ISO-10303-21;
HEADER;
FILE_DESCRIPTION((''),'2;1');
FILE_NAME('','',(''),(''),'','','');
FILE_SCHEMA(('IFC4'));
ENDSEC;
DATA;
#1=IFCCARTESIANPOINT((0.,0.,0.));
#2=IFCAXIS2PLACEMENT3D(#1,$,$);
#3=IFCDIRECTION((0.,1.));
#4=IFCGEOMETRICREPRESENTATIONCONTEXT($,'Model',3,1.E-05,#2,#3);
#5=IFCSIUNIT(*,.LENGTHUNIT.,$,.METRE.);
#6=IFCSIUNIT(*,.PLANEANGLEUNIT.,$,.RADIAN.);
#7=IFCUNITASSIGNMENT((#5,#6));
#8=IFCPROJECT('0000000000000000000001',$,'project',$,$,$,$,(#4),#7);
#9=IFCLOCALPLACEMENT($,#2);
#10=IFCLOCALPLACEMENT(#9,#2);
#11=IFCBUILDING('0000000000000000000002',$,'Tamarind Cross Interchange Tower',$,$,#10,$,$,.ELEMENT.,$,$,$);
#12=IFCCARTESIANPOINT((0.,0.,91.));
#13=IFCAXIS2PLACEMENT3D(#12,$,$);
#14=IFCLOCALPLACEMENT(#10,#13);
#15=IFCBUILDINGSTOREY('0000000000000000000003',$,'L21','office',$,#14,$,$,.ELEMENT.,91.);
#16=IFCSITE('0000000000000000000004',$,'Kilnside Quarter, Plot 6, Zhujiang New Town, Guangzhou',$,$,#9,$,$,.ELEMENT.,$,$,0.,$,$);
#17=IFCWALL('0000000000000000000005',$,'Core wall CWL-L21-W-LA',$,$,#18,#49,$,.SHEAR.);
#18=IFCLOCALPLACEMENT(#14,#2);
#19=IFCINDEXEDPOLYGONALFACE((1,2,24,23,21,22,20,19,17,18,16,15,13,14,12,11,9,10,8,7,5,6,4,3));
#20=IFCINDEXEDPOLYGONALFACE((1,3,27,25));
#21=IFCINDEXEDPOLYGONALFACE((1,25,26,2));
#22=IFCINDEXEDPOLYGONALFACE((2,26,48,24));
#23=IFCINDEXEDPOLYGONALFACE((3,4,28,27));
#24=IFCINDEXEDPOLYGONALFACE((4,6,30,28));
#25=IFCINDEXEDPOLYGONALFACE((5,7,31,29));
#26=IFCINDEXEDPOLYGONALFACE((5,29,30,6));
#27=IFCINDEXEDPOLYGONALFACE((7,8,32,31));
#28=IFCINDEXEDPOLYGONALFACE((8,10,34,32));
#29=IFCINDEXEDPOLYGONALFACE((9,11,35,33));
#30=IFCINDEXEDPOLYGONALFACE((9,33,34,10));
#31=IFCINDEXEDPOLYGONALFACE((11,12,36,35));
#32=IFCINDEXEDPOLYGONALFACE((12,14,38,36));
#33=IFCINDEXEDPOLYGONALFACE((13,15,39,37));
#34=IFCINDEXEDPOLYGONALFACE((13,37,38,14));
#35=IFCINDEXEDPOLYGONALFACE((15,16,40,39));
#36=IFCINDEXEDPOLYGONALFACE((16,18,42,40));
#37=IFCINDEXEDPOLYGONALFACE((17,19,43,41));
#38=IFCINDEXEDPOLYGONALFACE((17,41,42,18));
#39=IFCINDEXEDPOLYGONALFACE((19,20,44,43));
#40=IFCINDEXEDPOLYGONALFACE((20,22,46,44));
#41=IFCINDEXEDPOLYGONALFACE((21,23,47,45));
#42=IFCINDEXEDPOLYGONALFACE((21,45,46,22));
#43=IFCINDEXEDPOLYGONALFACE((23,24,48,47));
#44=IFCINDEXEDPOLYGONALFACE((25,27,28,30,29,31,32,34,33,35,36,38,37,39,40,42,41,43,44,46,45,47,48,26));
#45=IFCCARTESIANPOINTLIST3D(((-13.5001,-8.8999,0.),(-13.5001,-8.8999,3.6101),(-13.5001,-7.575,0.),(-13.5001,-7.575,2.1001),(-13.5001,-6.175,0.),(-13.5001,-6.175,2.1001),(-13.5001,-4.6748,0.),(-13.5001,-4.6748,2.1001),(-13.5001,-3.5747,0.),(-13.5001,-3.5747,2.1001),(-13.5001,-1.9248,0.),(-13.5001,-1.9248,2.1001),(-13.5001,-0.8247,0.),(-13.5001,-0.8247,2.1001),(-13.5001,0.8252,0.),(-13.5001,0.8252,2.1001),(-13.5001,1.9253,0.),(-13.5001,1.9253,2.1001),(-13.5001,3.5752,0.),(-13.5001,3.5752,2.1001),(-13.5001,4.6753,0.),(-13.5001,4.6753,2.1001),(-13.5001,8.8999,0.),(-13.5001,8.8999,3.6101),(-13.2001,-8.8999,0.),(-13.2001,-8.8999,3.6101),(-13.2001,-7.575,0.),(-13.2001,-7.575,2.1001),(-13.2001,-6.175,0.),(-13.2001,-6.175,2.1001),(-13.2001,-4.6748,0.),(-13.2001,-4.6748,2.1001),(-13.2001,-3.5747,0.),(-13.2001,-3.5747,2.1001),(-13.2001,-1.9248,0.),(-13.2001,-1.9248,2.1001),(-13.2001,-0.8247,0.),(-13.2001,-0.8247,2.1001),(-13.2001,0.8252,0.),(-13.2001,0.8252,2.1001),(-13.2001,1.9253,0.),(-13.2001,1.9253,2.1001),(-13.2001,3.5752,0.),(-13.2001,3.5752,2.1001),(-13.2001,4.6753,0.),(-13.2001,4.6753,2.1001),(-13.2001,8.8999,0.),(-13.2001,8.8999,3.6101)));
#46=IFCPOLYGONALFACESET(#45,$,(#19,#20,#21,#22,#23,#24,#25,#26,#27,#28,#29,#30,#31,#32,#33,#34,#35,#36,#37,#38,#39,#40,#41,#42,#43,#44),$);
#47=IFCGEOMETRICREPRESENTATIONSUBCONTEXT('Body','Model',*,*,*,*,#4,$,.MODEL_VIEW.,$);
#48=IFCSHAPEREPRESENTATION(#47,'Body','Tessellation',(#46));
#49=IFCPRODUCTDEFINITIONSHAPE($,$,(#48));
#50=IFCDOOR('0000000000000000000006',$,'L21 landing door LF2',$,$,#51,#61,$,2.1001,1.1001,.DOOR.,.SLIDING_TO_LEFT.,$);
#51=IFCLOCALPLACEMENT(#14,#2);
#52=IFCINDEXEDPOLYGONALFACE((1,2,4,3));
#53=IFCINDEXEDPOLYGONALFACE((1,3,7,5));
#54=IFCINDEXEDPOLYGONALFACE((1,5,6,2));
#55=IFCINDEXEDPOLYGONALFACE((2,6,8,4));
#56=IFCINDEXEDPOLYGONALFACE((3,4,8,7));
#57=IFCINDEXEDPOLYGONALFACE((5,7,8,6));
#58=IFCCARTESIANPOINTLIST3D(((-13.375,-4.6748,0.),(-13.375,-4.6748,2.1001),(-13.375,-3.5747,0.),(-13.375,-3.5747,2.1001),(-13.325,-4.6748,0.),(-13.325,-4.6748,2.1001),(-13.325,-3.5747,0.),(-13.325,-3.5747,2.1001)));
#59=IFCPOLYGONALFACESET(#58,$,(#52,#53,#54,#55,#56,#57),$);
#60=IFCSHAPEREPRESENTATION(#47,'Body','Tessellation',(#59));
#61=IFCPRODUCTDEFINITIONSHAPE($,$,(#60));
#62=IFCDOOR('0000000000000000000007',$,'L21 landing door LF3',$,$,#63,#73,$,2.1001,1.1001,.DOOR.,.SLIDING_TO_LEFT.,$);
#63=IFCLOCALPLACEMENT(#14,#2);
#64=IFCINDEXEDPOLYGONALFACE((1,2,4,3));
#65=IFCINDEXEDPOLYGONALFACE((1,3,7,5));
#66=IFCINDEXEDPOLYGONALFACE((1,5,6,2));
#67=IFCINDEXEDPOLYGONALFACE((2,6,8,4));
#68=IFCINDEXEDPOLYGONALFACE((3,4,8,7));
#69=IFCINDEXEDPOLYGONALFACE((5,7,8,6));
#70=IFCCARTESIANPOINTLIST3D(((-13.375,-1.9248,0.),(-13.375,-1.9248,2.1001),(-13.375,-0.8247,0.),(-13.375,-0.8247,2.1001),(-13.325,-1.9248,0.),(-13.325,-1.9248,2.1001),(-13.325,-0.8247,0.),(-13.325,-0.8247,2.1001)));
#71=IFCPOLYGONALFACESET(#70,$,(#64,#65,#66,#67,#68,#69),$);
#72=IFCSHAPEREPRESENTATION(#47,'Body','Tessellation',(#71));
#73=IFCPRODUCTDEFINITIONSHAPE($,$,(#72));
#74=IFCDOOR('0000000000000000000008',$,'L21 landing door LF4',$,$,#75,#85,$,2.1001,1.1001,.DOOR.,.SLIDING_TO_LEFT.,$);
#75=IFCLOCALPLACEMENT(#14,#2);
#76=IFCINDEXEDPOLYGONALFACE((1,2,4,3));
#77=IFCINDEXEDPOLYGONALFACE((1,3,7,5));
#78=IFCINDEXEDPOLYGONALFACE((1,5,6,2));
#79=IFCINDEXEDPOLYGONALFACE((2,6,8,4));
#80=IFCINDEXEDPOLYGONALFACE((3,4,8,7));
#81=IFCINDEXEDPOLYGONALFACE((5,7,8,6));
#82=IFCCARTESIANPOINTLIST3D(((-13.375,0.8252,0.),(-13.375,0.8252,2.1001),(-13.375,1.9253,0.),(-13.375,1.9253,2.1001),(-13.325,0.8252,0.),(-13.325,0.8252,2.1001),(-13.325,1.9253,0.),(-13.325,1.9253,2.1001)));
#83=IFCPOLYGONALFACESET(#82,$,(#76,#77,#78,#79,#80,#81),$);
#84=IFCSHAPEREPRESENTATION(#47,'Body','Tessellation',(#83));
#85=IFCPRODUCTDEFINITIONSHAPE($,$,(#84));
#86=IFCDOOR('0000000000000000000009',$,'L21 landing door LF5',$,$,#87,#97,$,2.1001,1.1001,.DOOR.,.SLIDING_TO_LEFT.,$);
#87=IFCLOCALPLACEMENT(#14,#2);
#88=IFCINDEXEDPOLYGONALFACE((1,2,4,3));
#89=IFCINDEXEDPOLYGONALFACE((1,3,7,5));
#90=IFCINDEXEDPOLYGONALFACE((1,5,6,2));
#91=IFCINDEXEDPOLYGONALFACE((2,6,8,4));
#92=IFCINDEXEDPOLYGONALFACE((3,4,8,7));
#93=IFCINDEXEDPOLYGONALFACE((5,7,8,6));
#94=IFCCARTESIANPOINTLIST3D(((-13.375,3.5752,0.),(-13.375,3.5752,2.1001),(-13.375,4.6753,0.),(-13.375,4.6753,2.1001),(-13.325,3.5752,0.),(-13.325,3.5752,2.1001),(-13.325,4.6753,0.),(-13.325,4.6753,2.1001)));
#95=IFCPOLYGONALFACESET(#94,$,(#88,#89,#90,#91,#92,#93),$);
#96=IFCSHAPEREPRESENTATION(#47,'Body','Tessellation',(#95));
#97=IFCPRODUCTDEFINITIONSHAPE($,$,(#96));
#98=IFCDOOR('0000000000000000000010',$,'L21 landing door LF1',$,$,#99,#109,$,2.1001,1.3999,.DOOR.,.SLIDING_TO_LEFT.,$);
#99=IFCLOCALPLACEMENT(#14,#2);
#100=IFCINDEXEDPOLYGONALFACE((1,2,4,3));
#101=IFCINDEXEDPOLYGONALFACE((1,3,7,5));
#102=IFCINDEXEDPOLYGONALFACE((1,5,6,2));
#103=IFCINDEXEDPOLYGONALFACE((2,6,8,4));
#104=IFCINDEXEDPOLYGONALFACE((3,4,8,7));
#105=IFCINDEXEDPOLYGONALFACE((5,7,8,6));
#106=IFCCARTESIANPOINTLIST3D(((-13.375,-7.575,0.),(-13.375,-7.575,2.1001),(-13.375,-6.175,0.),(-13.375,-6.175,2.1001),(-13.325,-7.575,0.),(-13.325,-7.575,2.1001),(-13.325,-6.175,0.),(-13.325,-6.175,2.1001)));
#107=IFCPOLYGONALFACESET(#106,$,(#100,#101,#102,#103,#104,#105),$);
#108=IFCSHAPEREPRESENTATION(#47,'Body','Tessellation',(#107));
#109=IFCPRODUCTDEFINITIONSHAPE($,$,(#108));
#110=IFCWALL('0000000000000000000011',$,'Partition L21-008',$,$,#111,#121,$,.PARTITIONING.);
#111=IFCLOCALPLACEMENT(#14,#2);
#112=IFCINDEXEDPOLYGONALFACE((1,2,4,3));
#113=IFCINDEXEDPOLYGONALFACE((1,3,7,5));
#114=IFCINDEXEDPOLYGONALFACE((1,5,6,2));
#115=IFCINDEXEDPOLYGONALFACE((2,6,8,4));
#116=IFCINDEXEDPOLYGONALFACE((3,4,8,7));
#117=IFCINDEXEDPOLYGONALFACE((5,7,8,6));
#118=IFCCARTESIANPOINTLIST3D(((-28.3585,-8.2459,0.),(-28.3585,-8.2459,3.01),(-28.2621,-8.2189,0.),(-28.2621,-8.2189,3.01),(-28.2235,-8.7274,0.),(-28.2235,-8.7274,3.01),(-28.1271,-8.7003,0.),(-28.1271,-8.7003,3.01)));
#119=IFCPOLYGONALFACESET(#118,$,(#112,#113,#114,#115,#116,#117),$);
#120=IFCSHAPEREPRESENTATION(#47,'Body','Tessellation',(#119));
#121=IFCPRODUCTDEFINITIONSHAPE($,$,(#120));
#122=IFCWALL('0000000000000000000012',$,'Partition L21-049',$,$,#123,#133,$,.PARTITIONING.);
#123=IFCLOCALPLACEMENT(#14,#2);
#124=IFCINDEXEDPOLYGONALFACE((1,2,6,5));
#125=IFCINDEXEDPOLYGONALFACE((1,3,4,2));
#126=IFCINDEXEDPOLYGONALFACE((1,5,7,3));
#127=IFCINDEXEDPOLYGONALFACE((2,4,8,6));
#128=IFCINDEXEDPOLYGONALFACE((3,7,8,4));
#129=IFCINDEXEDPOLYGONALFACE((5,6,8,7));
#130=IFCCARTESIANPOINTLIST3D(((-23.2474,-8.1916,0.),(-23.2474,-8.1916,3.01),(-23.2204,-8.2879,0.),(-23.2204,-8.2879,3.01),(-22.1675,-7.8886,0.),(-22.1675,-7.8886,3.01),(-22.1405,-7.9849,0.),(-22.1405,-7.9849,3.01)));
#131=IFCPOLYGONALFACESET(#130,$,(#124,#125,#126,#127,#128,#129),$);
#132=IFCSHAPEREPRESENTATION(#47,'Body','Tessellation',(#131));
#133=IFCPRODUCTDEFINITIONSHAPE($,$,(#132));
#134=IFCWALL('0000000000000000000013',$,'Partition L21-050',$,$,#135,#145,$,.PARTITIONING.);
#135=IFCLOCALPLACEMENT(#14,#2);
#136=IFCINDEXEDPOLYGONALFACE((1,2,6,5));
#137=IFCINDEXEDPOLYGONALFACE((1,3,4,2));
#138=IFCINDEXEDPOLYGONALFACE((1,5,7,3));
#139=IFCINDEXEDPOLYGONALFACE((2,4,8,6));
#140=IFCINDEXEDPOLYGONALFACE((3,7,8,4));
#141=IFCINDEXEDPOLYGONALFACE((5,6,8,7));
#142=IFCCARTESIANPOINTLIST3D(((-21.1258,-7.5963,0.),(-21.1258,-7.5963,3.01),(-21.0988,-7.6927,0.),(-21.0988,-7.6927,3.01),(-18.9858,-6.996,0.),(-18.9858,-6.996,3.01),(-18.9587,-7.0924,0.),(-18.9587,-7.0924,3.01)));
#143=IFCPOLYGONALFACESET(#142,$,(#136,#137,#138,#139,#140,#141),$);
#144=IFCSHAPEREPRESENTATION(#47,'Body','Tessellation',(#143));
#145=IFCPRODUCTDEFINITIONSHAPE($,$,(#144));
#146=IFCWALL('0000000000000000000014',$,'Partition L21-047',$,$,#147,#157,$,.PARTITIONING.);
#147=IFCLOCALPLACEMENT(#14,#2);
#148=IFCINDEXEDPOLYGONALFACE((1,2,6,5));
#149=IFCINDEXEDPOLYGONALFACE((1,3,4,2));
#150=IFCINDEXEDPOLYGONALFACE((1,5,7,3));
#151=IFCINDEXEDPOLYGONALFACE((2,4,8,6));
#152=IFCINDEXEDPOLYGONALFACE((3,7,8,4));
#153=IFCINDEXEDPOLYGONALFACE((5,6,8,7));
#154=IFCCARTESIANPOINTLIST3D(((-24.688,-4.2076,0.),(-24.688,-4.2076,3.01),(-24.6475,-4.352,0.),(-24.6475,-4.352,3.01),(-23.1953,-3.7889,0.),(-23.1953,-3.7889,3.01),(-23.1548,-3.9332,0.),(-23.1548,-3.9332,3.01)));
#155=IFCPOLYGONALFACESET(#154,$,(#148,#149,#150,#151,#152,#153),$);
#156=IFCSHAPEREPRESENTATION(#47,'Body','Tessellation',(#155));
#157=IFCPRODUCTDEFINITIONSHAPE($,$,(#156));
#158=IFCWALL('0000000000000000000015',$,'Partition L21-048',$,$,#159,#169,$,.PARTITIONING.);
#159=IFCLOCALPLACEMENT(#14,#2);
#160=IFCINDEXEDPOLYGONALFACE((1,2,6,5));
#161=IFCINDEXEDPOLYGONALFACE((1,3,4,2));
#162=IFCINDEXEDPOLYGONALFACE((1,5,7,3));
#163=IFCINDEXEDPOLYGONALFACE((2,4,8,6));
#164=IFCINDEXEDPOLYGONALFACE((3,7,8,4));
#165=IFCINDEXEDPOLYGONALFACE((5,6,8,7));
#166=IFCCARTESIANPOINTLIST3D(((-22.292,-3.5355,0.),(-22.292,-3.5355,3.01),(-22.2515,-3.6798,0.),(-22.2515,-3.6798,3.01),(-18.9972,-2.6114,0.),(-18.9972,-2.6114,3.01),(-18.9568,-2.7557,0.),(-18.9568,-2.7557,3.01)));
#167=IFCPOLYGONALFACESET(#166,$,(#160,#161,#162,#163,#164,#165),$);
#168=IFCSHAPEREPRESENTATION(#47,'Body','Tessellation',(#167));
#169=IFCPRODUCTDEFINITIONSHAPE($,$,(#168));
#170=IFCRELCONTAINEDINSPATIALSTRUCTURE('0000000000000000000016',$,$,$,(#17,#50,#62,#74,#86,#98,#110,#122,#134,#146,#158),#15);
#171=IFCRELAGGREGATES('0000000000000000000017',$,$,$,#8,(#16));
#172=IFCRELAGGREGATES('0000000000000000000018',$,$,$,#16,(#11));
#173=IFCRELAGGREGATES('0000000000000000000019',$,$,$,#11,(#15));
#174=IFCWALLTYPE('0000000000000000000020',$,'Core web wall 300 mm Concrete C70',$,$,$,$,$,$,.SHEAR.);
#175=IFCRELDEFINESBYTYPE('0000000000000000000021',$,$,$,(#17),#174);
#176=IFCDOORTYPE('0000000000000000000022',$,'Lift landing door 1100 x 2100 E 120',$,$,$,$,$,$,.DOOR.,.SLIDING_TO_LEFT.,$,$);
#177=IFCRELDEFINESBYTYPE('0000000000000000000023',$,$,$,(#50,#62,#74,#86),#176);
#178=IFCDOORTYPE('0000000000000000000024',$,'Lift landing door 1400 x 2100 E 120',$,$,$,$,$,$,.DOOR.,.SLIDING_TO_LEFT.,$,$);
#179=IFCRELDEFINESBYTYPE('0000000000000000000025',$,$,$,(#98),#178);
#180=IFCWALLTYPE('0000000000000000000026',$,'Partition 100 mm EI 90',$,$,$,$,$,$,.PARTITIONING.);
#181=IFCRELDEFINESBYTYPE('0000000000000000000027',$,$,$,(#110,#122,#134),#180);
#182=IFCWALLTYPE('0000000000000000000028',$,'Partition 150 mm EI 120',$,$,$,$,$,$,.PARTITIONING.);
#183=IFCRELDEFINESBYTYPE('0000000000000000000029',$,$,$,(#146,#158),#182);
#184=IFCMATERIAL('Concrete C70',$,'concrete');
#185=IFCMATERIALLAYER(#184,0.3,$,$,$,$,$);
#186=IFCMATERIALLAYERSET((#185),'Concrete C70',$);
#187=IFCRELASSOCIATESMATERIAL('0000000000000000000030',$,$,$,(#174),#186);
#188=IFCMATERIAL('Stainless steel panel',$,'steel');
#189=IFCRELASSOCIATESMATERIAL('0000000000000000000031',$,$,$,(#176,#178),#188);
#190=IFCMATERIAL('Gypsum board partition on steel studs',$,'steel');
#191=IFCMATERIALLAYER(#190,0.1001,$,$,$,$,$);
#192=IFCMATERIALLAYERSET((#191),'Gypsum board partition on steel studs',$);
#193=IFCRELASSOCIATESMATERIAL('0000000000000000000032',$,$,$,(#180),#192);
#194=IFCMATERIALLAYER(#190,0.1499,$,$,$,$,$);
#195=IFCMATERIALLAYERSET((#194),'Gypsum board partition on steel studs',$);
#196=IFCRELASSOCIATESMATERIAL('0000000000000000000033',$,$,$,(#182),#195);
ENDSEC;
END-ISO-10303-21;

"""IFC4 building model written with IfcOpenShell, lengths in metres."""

from ifc_helpers import new_model, si_unit, direction, frame, frame_2d, origin, place, context, subcontext, project, spatial, rectangle, extrude, material, layer, layer_set, type_object, element, fill, save


model = new_model("IFC4")

# Units and contexts
model_context = context("Model", 3, precision=1e-05, world=origin(), true_north=direction((0.0, 1.0)))
body_context = subcontext(model_context, "Body", "Model", "MODEL_VIEW")
ifc_project = project(units=[si_unit("LENGTHUNIT", "METRE"), si_unit("PLANEANGLEUNIT", "RADIAN")], contexts=[model_context])

# Site, building, storey
site_placement = place(None, origin())
site = spatial("IfcSite", under=ifc_project, at=site_placement, Name="Kilnside Quarter, Plot 6, Zhujiang New Town, Guangzhou", CompositionType="ELEMENT", RefElevation=0.0)
building_placement = place(site_placement, origin())
building = spatial("IfcBuilding", under=site, at=building_placement, Name="Tamarind Cross Interchange Tower", CompositionType="ELEMENT")
storey_placement = place(building_placement, frame((0.0, 0.0, 91.0)))
storey = spatial("IfcBuildingStorey", under=building, at=storey_placement, Name="L21", Description="office", CompositionType="ELEMENT", Elevation=91.0)

# Wall, openings, doors
ifc_material_1 = material(Name="Concrete C70", Category="concrete")
ifc_layer_1 = layer(ifc_material_1, 0.3)
ifc_layer_set_1 = layer_set([ifc_layer_1], Name="Concrete C70")
wall_type_1 = type_object("IfcWallType", Name="Core web wall 300 mm Concrete C70", PredefinedType="SHEAR", material=ifc_layer_set_1)
wall_1_placement = place(storey_placement, frame((-13.3501, -8.8999, 0.0), z_axis=(0.0, 0.0, 1.0), x_axis=(0.0, 1.0, 0.0)))
wall_1 = element("IfcWall", 1, at=wall_1_placement, inside=storey, type_object=wall_type_1, Name="Core wall CWL-L21-W-LA", PredefinedType="SHEAR", context=body_context, shape_type="SweptSolid", body=[
    extrude(rectangle(XDim=17.7998, YDim=0.3, at=frame_2d((8.8999, 0.0))), origin(), (0.0, 0.0, 1.0), 3.6101),
])
opening_1_placement = place(wall_1_placement, frame((1.325, 0.0, 0.0)))
opening_1 = element("IfcOpeningElement", 2, at=opening_1_placement, cuts=wall_1, PredefinedType="OPENING", context=body_context, shape_type="SweptSolid", body=[
    extrude(rectangle(XDim=1.3999, YDim=2.1001, at=frame_2d((0.7, 1.05))), frame((0.0, 0.1599, 0.0), z_axis=(0.0, -1.0, 0.0), x_axis=(1.0, 0.0, 0.0)), (0.0, 0.0, 1.0), 0.3201),
])
opening_2_placement = place(wall_1_placement, frame((4.2251, 0.0, 0.0)))
opening_2 = element("IfcOpeningElement", 3, at=opening_2_placement, cuts=wall_1, PredefinedType="OPENING", context=body_context, shape_type="SweptSolid", body=[
    extrude(rectangle(XDim=1.1001, YDim=2.1001, at=frame_2d((0.55, 1.05))), frame((0.0, 0.1599, 0.0), z_axis=(0.0, -1.0, 0.0), x_axis=(1.0, 0.0, 0.0)), (0.0, 0.0, 1.0), 0.3201),
])
opening_3_placement = place(wall_1_placement, frame((6.9751, 0.0, 0.0)))
opening_3 = element("IfcOpeningElement", 4, at=opening_3_placement, cuts=wall_1, PredefinedType="OPENING", context=body_context, shape_type="SweptSolid", body=[
    extrude(rectangle(XDim=1.1001, YDim=2.1001, at=frame_2d((0.55, 1.05))), frame((0.0, 0.1599, 0.0), z_axis=(0.0, -1.0, 0.0), x_axis=(1.0, 0.0, 0.0)), (0.0, 0.0, 1.0), 0.3201),
])
opening_4_placement = place(wall_1_placement, frame((9.7251, 0.0, 0.0)))
opening_4 = element("IfcOpeningElement", 5, at=opening_4_placement, cuts=wall_1, PredefinedType="OPENING", context=body_context, shape_type="SweptSolid", body=[
    extrude(rectangle(XDim=1.1001, YDim=2.1001, at=frame_2d((0.55, 1.05))), frame((0.0, 0.1599, 0.0), z_axis=(0.0, -1.0, 0.0), x_axis=(1.0, 0.0, 0.0)), (0.0, 0.0, 1.0), 0.3201),
])
opening_5_placement = place(wall_1_placement, frame((12.4751, 0.0, 0.0)))
opening_5 = element("IfcOpeningElement", 6, at=opening_5_placement, cuts=wall_1, PredefinedType="OPENING", context=body_context, shape_type="SweptSolid", body=[
    extrude(rectangle(XDim=1.1001, YDim=2.1001, at=frame_2d((0.55, 1.05))), frame((0.0, 0.1599, 0.0), z_axis=(0.0, -1.0, 0.0), x_axis=(1.0, 0.0, 0.0)), (0.0, 0.0, 1.0), 0.3201),
])
ifc_material_2 = material(Name="Stainless steel panel", Category="steel")
door_type_1 = type_object("IfcDoorType", Name="Lift landing door 1100 x 2100 E 120", OperationType="SLIDING_TO_LEFT", PredefinedType="DOOR", material=ifc_material_2)
door_1_placement = place(opening_2_placement, origin())
door_1 = element("IfcDoor", 7, at=door_1_placement, inside=storey, type_object=door_type_1, Name="L21 landing door LF2", OperationType="SLIDING_TO_LEFT", OverallHeight=2.1001, OverallWidth=1.1001, PredefinedType="DOOR", context=body_context, shape_type="SweptSolid", body=[
    extrude(rectangle(XDim=1.1001, YDim=2.1001, at=frame_2d((0.55, 1.05))), frame((0.0, 0.0249, 0.0), z_axis=(0.0, -1.0, 0.0), x_axis=(1.0, 0.0, 0.0)), (0.0, 0.0, 1.0), 0.05),
])
fill(opening_2, door_1)
door_2_placement = place(opening_3_placement, origin())
door_2 = element("IfcDoor", 8, at=door_2_placement, inside=storey, type_object=door_type_1, Name="L21 landing door LF3", OperationType="SLIDING_TO_LEFT", OverallHeight=2.1001, OverallWidth=1.1001, PredefinedType="DOOR", context=body_context, shape_type="SweptSolid", body=[
    extrude(rectangle(XDim=1.1001, YDim=2.1001, at=frame_2d((0.55, 1.05))), frame((0.0, 0.0249, 0.0), z_axis=(0.0, -1.0, 0.0), x_axis=(1.0, 0.0, 0.0)), (0.0, 0.0, 1.0), 0.05),
])
fill(opening_3, door_2)
door_3_placement = place(opening_4_placement, origin())
door_3 = element("IfcDoor", 9, at=door_3_placement, inside=storey, type_object=door_type_1, Name="L21 landing door LF4", OperationType="SLIDING_TO_LEFT", OverallHeight=2.1001, OverallWidth=1.1001, PredefinedType="DOOR", context=body_context, shape_type="SweptSolid", body=[
    extrude(rectangle(XDim=1.1001, YDim=2.1001, at=frame_2d((0.55, 1.05))), frame((0.0, 0.0249, 0.0), z_axis=(0.0, -1.0, 0.0), x_axis=(1.0, 0.0, 0.0)), (0.0, 0.0, 1.0), 0.05),
])
fill(opening_4, door_3)
door_4_placement = place(opening_5_placement, origin())
door_4 = element("IfcDoor", 10, at=door_4_placement, inside=storey, type_object=door_type_1, Name="L21 landing door LF5", OperationType="SLIDING_TO_LEFT", OverallHeight=2.1001, OverallWidth=1.1001, PredefinedType="DOOR", context=body_context, shape_type="SweptSolid", body=[
    extrude(rectangle(XDim=1.1001, YDim=2.1001, at=frame_2d((0.55, 1.05))), frame((0.0, 0.0249, 0.0), z_axis=(0.0, -1.0, 0.0), x_axis=(1.0, 0.0, 0.0)), (0.0, 0.0, 1.0), 0.05),
])
fill(opening_5, door_4)
door_type_2 = type_object("IfcDoorType", Name="Lift landing door 1400 x 2100 E 120", OperationType="SLIDING_TO_LEFT", PredefinedType="DOOR", material=ifc_material_2)
door_5_placement = place(opening_1_placement, origin())
door_5 = element("IfcDoor", 11, at=door_5_placement, inside=storey, type_object=door_type_2, Name="L21 landing door LF1", OperationType="SLIDING_TO_LEFT", OverallHeight=2.1001, OverallWidth=1.3999, PredefinedType="DOOR", context=body_context, shape_type="SweptSolid", body=[
    extrude(rectangle(XDim=1.3999, YDim=2.1001, at=frame_2d((0.7, 1.05))), frame((0.0, 0.0249, 0.0), z_axis=(0.0, -1.0, 0.0), x_axis=(1.0, 0.0, 0.0)), (0.0, 0.0, 1.0), 0.05),
])
fill(opening_1, door_5)

# Walls
ifc_material_3 = material(Name="Gypsum board partition on steel studs", Category="steel")
ifc_layer_2 = layer(ifc_material_3, 0.1001)
ifc_layer_set_2 = layer_set([ifc_layer_2], Name="Gypsum board partition on steel studs")
wall_type_2 = type_object("IfcWallType", Name="Partition 100 mm EI 90", PredefinedType="PARTITIONING", material=ifc_layer_set_2)
wall_2_placement = place(storey_placement, frame((-28.3103, -8.2324, 0.0), z_axis=(0.0, 0.0, 1.0), x_axis=(0.27001, -0.962857, 0.0)))
element("IfcWall", 12, at=wall_2_placement, inside=storey, type_object=wall_type_2, Name="Partition L21-008", PredefinedType="PARTITIONING", context=body_context, shape_type="SweptSolid", body=[
    extrude(rectangle(XDim=0.5, YDim=0.1001, at=frame_2d((0.25, 0.0))), origin(), (0.0, 0.0, 1.0), 3.01),
])
wall_3_placement = place(storey_placement, frame((-23.2339, -8.2397, 0.0), z_axis=(0.0, 0.0, 1.0), x_axis=(0.962819, 0.270147, 0.0)))
element("IfcWall", 13, at=wall_3_placement, inside=storey, type_object=wall_type_2, Name="Partition L21-049", PredefinedType="PARTITIONING", context=body_context, shape_type="SweptSolid", body=[
    extrude(rectangle(XDim=1.1216, YDim=0.1001, at=frame_2d((0.5608, 0.0))), origin(), (0.0, 0.0, 1.0), 3.01),
])
wall_4_placement = place(storey_placement, frame((-21.1123, -7.6445, 0.0), z_axis=(0.0, 0.0, 1.0), x_axis=(0.962835, 0.27009, 0.0)))
element("IfcWall", 14, at=wall_4_placement, inside=storey, type_object=wall_type_2, Name="Partition L21-050", PredefinedType="PARTITIONING", context=body_context, shape_type="SweptSolid", body=[
    extrude(rectangle(XDim=2.2227, YDim=0.1001, at=frame_2d((1.1113, 0.0))), origin(), (0.0, 0.0, 1.0), 3.01),
])
ifc_layer_3 = layer(ifc_material_3, 0.1499)
ifc_layer_set_3 = layer_set([ifc_layer_3], Name="Gypsum board partition on steel studs")
wall_type_3 = type_object("IfcWallType", Name="Partition 150 mm EI 120", PredefinedType="PARTITIONING", material=ifc_layer_set_3)
wall_5_placement = place(storey_placement, frame((-24.6677, -4.2798, 0.0), z_axis=(0.0, 0.0, 1.0), x_axis=(0.962838, 0.27008, 0.0)))
element("IfcWall", 15, at=wall_5_placement, inside=storey, type_object=wall_type_3, Name="Partition L21-047", PredefinedType="PARTITIONING", context=body_context, shape_type="SweptSolid", body=[
    extrude(rectangle(XDim=1.5503, YDim=0.1499, at=frame_2d((0.7751, 0.0))), origin(), (0.0, 0.0, 1.0), 3.01),
])
wall_6_placement = place(storey_placement, frame((-22.2717, -3.6077, 0.0), z_axis=(0.0, 0.0, 1.0), x_axis=(0.962845, 0.270053, 0.0)))
element("IfcWall", 16, at=wall_6_placement, inside=storey, type_object=wall_type_3, Name="Partition L21-048", PredefinedType="PARTITIONING", context=body_context, shape_type="SweptSolid", body=[
    extrude(rectangle(XDim=3.4219, YDim=0.1499, at=frame_2d((1.7109, 0.0))), origin(), (0.0, 0.0, 1.0), 3.01),
])

save(model, "model.ifc")
